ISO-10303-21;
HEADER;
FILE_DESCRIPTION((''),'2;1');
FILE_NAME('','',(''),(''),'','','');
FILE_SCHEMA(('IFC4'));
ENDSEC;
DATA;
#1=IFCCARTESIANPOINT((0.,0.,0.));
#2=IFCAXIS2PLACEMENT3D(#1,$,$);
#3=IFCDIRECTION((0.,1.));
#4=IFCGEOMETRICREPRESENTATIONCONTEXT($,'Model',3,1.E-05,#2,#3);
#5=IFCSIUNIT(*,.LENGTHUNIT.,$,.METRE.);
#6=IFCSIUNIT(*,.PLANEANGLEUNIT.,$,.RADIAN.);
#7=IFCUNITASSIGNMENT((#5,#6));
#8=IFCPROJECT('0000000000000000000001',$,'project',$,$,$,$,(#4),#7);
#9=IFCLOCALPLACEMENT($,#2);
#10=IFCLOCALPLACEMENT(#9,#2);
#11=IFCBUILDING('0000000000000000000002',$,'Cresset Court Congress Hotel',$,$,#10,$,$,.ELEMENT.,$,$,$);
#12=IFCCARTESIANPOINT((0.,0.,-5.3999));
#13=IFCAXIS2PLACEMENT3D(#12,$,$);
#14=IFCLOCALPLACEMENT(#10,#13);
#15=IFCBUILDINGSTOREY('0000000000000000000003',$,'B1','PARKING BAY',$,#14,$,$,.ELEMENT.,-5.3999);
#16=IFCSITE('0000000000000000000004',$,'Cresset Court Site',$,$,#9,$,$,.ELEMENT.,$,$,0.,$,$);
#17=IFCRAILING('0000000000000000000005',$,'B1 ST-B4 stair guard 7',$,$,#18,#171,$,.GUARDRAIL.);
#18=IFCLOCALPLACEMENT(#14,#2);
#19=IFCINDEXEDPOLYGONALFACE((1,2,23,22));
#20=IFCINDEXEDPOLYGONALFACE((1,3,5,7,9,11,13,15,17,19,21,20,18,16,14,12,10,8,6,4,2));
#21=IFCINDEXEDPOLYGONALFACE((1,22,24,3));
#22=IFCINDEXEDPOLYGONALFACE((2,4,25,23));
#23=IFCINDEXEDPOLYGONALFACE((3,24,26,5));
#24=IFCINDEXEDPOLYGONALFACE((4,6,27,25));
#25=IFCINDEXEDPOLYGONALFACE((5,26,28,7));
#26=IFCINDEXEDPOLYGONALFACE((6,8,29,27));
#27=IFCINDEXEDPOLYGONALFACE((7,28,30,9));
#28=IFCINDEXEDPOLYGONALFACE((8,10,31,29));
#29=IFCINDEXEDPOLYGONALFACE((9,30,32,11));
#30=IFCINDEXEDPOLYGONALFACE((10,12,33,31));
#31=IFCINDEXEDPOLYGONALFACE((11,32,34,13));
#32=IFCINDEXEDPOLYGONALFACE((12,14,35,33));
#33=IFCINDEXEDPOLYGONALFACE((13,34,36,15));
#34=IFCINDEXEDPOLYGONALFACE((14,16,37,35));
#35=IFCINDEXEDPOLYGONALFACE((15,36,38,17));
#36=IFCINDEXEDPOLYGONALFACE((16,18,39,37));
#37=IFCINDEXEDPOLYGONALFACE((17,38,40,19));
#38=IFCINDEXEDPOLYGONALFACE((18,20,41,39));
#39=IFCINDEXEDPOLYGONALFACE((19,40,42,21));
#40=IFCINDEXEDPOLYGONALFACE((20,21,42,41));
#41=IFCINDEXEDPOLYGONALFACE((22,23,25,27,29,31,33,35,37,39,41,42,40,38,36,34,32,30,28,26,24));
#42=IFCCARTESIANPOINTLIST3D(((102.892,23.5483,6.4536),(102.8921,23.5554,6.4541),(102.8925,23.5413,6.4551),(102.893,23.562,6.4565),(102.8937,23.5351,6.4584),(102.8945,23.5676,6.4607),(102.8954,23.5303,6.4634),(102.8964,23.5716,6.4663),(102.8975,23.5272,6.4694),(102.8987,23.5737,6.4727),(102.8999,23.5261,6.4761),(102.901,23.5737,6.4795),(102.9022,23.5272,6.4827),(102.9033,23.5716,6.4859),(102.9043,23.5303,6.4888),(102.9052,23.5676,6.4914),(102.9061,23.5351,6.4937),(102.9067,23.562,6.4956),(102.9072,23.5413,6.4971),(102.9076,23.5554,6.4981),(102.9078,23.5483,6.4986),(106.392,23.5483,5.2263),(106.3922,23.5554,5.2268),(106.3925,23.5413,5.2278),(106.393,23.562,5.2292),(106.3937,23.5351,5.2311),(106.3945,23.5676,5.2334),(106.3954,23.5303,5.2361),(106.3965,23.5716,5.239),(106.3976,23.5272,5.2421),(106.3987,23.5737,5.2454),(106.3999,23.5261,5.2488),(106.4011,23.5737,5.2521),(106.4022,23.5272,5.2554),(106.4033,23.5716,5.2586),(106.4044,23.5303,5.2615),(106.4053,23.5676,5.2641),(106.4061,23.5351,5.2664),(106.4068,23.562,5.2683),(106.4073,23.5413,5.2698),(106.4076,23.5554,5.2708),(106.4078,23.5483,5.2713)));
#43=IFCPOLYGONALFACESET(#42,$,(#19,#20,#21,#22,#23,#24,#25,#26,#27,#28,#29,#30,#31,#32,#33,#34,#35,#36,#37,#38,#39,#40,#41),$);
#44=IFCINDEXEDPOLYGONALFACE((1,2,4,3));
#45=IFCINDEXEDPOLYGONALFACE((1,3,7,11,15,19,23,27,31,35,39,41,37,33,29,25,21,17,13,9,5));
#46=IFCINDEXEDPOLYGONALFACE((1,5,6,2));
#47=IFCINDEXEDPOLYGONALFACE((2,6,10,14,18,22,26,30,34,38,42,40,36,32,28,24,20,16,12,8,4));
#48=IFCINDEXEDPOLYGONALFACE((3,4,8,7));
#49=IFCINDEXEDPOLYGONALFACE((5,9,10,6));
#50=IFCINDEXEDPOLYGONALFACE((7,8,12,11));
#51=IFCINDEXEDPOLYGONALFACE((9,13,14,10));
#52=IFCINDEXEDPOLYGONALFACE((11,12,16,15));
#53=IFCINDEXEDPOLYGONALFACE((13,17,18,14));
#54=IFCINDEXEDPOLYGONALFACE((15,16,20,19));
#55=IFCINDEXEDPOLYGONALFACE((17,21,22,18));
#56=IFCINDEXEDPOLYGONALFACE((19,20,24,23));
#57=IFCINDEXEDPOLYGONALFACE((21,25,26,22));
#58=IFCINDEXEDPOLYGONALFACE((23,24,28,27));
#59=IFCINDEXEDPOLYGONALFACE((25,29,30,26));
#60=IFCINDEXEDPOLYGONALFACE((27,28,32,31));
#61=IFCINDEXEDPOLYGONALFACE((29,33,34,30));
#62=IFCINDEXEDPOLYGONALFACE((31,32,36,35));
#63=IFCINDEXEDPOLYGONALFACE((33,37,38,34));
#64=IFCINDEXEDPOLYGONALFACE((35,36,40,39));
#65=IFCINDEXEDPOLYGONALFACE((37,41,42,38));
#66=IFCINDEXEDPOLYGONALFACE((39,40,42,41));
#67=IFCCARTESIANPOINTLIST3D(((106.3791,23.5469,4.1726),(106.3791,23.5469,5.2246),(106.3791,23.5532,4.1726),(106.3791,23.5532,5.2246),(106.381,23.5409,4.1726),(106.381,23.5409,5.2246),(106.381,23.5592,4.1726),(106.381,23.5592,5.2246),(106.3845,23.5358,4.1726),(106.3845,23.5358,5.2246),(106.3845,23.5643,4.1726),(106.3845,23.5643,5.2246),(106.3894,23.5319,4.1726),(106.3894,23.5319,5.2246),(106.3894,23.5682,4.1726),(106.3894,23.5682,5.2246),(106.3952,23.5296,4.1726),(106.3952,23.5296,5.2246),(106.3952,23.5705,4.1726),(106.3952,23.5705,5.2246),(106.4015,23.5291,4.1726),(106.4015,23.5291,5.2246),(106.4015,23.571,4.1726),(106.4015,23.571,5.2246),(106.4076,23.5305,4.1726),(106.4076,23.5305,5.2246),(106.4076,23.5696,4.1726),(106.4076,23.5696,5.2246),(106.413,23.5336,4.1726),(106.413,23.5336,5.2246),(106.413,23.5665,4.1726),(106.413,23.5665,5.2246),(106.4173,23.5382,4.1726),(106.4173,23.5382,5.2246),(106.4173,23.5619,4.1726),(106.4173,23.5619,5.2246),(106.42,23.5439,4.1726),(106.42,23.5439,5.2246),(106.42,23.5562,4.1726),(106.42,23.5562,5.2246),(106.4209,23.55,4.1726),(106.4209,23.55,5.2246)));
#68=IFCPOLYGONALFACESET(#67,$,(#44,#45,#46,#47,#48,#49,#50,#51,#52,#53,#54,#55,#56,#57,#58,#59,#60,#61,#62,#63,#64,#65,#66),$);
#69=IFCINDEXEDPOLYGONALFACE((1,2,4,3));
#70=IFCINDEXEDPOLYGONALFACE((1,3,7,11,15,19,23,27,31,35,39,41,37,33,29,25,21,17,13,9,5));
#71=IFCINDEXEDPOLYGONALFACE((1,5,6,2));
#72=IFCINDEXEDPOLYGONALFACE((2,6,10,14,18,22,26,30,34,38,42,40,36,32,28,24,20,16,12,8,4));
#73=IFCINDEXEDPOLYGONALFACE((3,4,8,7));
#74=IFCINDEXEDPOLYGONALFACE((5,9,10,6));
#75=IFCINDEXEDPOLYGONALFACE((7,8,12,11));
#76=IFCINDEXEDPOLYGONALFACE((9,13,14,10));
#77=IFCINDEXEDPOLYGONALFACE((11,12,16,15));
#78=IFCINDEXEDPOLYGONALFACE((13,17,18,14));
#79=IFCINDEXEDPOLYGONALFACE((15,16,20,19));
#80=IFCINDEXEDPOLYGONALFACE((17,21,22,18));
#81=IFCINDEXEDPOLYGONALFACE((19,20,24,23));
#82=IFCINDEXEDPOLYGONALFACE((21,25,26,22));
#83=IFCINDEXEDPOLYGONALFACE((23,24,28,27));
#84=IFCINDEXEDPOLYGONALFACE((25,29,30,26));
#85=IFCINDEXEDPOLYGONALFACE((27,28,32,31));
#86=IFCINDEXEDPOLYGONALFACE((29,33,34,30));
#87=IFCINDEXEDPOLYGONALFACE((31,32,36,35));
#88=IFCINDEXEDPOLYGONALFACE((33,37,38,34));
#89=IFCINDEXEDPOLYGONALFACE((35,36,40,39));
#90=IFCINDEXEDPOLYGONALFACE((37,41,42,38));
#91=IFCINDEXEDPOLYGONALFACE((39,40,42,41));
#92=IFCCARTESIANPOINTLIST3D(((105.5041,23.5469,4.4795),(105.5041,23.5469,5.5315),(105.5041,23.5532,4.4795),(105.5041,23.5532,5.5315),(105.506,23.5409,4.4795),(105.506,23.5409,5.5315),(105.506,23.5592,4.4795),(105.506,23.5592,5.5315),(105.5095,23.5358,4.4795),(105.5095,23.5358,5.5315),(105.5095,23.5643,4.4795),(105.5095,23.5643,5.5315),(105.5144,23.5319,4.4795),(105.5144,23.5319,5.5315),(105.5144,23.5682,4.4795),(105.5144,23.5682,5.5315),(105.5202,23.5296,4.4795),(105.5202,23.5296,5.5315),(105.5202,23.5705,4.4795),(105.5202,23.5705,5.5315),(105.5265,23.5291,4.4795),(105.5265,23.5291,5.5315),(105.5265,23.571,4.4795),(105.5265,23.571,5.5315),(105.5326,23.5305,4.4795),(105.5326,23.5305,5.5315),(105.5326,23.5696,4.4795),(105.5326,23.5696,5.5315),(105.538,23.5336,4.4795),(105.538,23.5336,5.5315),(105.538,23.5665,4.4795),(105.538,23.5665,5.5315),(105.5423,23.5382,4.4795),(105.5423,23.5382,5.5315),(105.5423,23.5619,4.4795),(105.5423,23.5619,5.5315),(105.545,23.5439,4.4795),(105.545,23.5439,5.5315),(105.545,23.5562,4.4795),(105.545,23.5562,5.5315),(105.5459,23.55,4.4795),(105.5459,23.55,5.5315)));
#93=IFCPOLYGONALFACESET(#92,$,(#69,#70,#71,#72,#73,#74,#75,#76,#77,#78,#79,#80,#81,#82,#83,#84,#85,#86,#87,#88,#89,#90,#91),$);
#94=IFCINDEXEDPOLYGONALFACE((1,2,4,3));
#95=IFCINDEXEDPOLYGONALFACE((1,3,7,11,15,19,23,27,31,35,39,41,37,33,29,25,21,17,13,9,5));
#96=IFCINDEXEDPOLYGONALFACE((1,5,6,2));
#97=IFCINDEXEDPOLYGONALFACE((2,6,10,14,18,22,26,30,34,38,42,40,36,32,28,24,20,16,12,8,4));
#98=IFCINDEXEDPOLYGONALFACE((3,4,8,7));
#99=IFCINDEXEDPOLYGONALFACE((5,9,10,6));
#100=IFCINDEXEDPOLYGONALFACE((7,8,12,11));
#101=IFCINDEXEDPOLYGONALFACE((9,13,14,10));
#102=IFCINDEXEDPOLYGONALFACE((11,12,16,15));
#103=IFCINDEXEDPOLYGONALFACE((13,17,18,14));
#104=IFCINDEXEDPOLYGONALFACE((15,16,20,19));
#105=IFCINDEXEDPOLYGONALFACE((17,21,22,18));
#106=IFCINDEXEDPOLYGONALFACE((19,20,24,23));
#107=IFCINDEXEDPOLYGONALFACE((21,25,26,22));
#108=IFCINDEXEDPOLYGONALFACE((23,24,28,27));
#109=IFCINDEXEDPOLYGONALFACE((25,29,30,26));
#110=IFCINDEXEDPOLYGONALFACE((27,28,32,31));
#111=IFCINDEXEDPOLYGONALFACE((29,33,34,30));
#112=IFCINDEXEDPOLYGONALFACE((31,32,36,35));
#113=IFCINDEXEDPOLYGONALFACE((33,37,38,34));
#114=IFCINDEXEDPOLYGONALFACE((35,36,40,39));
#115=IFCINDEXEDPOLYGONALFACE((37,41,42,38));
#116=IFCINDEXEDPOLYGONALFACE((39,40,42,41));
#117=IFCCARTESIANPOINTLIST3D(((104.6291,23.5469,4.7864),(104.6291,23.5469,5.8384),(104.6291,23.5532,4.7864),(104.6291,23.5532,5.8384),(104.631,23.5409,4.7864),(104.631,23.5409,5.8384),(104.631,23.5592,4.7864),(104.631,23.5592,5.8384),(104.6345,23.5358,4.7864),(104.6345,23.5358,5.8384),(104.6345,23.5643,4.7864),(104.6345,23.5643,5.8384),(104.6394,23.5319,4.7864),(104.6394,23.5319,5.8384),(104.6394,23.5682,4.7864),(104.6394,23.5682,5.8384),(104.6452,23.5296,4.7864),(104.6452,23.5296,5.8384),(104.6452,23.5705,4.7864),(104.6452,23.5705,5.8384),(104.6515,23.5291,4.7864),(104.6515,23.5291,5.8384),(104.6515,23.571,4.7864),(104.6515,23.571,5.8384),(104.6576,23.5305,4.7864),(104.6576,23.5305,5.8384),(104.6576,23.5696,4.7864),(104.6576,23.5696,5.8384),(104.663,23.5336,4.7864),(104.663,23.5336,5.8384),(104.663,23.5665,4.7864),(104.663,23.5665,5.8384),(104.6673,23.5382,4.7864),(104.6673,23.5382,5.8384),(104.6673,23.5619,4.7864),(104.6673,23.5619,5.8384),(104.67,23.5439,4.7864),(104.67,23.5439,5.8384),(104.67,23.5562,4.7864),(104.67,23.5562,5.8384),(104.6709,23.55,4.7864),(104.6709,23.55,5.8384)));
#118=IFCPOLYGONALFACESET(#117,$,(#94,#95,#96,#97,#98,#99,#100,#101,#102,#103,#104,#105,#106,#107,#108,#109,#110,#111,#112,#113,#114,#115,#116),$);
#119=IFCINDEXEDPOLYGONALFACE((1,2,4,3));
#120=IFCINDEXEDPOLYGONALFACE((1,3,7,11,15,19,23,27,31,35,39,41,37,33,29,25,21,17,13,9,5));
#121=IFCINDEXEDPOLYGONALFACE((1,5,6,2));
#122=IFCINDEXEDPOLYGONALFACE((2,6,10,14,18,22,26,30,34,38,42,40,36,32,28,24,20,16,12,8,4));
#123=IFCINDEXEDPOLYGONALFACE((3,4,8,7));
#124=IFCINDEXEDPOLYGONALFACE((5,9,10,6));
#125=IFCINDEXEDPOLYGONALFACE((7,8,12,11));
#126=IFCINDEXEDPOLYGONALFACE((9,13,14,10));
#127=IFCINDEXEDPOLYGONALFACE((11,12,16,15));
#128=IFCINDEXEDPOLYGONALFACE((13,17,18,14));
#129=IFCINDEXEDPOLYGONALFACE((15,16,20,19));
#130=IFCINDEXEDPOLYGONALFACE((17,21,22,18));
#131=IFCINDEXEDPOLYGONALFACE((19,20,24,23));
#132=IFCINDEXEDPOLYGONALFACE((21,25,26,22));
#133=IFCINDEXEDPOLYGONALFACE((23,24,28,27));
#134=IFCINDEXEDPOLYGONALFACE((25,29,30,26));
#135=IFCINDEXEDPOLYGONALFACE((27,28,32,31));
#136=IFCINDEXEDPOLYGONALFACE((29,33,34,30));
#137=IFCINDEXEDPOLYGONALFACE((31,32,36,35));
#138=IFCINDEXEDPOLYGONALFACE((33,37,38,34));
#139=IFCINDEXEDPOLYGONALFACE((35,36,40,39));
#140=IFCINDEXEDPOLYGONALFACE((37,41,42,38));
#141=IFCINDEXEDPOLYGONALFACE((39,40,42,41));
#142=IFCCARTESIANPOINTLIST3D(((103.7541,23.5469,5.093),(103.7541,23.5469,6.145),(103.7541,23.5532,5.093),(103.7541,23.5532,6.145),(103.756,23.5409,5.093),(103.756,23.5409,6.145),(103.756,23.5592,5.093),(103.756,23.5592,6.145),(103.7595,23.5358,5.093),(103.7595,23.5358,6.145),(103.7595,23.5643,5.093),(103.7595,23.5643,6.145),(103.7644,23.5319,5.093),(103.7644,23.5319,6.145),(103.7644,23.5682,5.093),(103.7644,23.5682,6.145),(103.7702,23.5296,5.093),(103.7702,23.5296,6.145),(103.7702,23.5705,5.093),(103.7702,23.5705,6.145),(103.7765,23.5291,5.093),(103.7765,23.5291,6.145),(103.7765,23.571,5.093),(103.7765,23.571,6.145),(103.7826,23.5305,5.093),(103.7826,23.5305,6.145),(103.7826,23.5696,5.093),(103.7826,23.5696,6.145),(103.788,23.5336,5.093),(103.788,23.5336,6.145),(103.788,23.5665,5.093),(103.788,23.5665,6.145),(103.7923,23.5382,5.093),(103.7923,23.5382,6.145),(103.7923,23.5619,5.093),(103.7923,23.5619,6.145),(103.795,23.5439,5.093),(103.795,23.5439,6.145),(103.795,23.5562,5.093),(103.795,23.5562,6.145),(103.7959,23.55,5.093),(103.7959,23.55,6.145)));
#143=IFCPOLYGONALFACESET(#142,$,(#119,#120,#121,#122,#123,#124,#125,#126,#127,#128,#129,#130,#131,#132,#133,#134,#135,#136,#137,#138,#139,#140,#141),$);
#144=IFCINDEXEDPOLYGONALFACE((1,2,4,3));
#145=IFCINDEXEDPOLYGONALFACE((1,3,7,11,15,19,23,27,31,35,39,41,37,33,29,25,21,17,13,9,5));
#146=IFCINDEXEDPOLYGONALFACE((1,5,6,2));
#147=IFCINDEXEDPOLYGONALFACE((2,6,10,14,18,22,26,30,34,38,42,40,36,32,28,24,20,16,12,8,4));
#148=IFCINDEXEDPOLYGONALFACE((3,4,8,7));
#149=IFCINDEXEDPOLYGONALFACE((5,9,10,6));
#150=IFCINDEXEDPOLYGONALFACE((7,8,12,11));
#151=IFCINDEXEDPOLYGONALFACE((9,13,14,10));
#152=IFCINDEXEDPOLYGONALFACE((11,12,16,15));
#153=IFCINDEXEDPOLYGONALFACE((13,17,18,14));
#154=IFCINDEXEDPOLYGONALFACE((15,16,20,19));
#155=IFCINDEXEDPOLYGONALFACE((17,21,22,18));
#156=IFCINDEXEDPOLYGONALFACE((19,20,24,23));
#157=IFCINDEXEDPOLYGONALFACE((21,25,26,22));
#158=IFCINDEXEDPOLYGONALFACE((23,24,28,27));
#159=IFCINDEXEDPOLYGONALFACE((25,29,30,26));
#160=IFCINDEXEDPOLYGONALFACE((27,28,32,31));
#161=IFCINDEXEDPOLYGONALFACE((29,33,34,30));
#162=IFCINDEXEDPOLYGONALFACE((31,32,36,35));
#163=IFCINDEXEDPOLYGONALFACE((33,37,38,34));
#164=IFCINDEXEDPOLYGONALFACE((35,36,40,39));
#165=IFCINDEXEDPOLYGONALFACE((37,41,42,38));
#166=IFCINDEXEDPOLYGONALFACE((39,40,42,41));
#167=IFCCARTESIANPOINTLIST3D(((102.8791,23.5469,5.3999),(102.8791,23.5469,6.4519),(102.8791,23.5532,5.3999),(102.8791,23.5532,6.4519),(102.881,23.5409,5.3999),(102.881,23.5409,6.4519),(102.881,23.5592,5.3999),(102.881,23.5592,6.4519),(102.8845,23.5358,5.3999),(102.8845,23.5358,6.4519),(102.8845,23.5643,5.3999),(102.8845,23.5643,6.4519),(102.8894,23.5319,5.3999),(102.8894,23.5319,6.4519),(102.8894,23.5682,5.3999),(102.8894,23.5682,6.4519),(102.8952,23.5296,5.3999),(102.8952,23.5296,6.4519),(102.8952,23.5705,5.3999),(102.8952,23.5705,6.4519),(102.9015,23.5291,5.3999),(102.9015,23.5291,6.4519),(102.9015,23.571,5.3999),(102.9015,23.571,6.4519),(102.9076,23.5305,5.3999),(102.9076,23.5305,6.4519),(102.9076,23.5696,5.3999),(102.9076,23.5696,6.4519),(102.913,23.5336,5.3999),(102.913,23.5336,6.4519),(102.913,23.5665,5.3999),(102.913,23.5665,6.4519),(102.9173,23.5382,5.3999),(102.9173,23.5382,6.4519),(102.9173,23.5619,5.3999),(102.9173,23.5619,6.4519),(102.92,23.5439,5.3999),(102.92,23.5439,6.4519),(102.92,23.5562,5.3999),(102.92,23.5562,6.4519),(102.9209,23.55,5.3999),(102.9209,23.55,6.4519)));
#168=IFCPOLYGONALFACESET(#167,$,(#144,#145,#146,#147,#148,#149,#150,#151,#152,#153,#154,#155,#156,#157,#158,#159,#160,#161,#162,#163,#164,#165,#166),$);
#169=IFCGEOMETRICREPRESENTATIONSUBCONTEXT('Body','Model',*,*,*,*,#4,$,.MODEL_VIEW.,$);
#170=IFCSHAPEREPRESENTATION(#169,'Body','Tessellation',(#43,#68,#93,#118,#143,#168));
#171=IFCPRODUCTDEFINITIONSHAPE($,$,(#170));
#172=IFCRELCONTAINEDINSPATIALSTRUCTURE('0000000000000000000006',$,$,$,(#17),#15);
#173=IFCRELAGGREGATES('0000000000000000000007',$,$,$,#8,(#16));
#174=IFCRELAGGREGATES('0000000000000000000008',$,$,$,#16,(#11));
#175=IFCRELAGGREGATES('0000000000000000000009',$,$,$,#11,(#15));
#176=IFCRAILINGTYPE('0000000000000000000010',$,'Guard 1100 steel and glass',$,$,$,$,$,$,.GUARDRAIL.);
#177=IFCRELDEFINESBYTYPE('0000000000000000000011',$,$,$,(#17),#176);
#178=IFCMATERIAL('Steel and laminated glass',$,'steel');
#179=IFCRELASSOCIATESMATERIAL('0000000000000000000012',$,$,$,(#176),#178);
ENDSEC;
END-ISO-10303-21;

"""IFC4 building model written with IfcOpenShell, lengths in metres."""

from ifc_helpers import new_model, si_unit, direction, frame, origin, origin_2d, place, context, subcontext, project, spatial, circle, extrude, material, type_object, element, save


model = new_model("IFC4")

# Units and contexts
model_context = context("Model", 3, precision=1e-05, world=origin(), true_north=direction((0.0, 1.0)))
body_context = subcontext(model_context, "Body", "Model", "MODEL_VIEW")
ifc_project = project(units=[si_unit("LENGTHUNIT", "METRE"), si_unit("PLANEANGLEUNIT", "RADIAN")], contexts=[model_context])

# Site, building, storey
site_placement = place(None, origin())
site = spatial("IfcSite", under=ifc_project, at=site_placement, Name="Cresset Court Site", CompositionType="ELEMENT", RefElevation=0.0)
building_placement = place(site_placement, origin())
building = spatial("IfcBuilding", under=site, at=building_placement, Name="Cresset Court Congress Hotel", CompositionType="ELEMENT")
storey_placement = place(building_placement, frame((0.0, 0.0, -5.3999)))
storey = spatial("IfcBuildingStorey", under=building, at=storey_placement, Name="B1", Description="PARKING BAY", CompositionType="ELEMENT", Elevation=-5.3999)

# Railing
ifc_material_1 = material(Name="Steel and laminated glass", Category="steel")
railing_type_1 = type_object("IfcRailingType", Name="Guard 1100 steel and glass", PredefinedType="GUARDRAIL", material=ifc_material_1)
railing_1_placement = place(storey_placement, frame((106.3999, 23.55, 4.1726)))
element("IfcRailing", 1, at=railing_1_placement, inside=storey, type_object=railing_type_1, Name="B1 ST-B4 stair guard 7", PredefinedType="GUARDRAIL", context=body_context, shape_type="SweptSolid", body=[
    extrude(circle(Radius=0.0239, at=origin_2d()), frame((0.0, 0.0, 1.0762), z_axis=(-0.943665, 0.0, 0.330902), x_axis=(0.0, -1.0, 0.0)), (0.0, 0.0, 1.0), 3.709),
    extrude(circle(Radius=0.021, at=origin_2d()), origin(), (0.0, 0.0, 1.0), 1.052),
    extrude(circle(Radius=0.021, at=origin_2d()), frame((-0.875, 0.0, 0.3069)), (0.0, 0.0, 1.0), 1.052),
    extrude(circle(Radius=0.021, at=origin_2d()), frame((-1.75, 0.0, 0.6138)), (0.0, 0.0, 1.0), 1.052),
    extrude(circle(Radius=0.021, at=origin_2d()), frame((-2.625, 0.0, 0.9204)), (0.0, 0.0, 1.0), 1.052),
    extrude(circle(Radius=0.021, at=origin_2d()), frame((-3.5, 0.0, 1.2273)), (0.0, 0.0, 1.0), 1.052),
])

save(model, "model.ifc")
